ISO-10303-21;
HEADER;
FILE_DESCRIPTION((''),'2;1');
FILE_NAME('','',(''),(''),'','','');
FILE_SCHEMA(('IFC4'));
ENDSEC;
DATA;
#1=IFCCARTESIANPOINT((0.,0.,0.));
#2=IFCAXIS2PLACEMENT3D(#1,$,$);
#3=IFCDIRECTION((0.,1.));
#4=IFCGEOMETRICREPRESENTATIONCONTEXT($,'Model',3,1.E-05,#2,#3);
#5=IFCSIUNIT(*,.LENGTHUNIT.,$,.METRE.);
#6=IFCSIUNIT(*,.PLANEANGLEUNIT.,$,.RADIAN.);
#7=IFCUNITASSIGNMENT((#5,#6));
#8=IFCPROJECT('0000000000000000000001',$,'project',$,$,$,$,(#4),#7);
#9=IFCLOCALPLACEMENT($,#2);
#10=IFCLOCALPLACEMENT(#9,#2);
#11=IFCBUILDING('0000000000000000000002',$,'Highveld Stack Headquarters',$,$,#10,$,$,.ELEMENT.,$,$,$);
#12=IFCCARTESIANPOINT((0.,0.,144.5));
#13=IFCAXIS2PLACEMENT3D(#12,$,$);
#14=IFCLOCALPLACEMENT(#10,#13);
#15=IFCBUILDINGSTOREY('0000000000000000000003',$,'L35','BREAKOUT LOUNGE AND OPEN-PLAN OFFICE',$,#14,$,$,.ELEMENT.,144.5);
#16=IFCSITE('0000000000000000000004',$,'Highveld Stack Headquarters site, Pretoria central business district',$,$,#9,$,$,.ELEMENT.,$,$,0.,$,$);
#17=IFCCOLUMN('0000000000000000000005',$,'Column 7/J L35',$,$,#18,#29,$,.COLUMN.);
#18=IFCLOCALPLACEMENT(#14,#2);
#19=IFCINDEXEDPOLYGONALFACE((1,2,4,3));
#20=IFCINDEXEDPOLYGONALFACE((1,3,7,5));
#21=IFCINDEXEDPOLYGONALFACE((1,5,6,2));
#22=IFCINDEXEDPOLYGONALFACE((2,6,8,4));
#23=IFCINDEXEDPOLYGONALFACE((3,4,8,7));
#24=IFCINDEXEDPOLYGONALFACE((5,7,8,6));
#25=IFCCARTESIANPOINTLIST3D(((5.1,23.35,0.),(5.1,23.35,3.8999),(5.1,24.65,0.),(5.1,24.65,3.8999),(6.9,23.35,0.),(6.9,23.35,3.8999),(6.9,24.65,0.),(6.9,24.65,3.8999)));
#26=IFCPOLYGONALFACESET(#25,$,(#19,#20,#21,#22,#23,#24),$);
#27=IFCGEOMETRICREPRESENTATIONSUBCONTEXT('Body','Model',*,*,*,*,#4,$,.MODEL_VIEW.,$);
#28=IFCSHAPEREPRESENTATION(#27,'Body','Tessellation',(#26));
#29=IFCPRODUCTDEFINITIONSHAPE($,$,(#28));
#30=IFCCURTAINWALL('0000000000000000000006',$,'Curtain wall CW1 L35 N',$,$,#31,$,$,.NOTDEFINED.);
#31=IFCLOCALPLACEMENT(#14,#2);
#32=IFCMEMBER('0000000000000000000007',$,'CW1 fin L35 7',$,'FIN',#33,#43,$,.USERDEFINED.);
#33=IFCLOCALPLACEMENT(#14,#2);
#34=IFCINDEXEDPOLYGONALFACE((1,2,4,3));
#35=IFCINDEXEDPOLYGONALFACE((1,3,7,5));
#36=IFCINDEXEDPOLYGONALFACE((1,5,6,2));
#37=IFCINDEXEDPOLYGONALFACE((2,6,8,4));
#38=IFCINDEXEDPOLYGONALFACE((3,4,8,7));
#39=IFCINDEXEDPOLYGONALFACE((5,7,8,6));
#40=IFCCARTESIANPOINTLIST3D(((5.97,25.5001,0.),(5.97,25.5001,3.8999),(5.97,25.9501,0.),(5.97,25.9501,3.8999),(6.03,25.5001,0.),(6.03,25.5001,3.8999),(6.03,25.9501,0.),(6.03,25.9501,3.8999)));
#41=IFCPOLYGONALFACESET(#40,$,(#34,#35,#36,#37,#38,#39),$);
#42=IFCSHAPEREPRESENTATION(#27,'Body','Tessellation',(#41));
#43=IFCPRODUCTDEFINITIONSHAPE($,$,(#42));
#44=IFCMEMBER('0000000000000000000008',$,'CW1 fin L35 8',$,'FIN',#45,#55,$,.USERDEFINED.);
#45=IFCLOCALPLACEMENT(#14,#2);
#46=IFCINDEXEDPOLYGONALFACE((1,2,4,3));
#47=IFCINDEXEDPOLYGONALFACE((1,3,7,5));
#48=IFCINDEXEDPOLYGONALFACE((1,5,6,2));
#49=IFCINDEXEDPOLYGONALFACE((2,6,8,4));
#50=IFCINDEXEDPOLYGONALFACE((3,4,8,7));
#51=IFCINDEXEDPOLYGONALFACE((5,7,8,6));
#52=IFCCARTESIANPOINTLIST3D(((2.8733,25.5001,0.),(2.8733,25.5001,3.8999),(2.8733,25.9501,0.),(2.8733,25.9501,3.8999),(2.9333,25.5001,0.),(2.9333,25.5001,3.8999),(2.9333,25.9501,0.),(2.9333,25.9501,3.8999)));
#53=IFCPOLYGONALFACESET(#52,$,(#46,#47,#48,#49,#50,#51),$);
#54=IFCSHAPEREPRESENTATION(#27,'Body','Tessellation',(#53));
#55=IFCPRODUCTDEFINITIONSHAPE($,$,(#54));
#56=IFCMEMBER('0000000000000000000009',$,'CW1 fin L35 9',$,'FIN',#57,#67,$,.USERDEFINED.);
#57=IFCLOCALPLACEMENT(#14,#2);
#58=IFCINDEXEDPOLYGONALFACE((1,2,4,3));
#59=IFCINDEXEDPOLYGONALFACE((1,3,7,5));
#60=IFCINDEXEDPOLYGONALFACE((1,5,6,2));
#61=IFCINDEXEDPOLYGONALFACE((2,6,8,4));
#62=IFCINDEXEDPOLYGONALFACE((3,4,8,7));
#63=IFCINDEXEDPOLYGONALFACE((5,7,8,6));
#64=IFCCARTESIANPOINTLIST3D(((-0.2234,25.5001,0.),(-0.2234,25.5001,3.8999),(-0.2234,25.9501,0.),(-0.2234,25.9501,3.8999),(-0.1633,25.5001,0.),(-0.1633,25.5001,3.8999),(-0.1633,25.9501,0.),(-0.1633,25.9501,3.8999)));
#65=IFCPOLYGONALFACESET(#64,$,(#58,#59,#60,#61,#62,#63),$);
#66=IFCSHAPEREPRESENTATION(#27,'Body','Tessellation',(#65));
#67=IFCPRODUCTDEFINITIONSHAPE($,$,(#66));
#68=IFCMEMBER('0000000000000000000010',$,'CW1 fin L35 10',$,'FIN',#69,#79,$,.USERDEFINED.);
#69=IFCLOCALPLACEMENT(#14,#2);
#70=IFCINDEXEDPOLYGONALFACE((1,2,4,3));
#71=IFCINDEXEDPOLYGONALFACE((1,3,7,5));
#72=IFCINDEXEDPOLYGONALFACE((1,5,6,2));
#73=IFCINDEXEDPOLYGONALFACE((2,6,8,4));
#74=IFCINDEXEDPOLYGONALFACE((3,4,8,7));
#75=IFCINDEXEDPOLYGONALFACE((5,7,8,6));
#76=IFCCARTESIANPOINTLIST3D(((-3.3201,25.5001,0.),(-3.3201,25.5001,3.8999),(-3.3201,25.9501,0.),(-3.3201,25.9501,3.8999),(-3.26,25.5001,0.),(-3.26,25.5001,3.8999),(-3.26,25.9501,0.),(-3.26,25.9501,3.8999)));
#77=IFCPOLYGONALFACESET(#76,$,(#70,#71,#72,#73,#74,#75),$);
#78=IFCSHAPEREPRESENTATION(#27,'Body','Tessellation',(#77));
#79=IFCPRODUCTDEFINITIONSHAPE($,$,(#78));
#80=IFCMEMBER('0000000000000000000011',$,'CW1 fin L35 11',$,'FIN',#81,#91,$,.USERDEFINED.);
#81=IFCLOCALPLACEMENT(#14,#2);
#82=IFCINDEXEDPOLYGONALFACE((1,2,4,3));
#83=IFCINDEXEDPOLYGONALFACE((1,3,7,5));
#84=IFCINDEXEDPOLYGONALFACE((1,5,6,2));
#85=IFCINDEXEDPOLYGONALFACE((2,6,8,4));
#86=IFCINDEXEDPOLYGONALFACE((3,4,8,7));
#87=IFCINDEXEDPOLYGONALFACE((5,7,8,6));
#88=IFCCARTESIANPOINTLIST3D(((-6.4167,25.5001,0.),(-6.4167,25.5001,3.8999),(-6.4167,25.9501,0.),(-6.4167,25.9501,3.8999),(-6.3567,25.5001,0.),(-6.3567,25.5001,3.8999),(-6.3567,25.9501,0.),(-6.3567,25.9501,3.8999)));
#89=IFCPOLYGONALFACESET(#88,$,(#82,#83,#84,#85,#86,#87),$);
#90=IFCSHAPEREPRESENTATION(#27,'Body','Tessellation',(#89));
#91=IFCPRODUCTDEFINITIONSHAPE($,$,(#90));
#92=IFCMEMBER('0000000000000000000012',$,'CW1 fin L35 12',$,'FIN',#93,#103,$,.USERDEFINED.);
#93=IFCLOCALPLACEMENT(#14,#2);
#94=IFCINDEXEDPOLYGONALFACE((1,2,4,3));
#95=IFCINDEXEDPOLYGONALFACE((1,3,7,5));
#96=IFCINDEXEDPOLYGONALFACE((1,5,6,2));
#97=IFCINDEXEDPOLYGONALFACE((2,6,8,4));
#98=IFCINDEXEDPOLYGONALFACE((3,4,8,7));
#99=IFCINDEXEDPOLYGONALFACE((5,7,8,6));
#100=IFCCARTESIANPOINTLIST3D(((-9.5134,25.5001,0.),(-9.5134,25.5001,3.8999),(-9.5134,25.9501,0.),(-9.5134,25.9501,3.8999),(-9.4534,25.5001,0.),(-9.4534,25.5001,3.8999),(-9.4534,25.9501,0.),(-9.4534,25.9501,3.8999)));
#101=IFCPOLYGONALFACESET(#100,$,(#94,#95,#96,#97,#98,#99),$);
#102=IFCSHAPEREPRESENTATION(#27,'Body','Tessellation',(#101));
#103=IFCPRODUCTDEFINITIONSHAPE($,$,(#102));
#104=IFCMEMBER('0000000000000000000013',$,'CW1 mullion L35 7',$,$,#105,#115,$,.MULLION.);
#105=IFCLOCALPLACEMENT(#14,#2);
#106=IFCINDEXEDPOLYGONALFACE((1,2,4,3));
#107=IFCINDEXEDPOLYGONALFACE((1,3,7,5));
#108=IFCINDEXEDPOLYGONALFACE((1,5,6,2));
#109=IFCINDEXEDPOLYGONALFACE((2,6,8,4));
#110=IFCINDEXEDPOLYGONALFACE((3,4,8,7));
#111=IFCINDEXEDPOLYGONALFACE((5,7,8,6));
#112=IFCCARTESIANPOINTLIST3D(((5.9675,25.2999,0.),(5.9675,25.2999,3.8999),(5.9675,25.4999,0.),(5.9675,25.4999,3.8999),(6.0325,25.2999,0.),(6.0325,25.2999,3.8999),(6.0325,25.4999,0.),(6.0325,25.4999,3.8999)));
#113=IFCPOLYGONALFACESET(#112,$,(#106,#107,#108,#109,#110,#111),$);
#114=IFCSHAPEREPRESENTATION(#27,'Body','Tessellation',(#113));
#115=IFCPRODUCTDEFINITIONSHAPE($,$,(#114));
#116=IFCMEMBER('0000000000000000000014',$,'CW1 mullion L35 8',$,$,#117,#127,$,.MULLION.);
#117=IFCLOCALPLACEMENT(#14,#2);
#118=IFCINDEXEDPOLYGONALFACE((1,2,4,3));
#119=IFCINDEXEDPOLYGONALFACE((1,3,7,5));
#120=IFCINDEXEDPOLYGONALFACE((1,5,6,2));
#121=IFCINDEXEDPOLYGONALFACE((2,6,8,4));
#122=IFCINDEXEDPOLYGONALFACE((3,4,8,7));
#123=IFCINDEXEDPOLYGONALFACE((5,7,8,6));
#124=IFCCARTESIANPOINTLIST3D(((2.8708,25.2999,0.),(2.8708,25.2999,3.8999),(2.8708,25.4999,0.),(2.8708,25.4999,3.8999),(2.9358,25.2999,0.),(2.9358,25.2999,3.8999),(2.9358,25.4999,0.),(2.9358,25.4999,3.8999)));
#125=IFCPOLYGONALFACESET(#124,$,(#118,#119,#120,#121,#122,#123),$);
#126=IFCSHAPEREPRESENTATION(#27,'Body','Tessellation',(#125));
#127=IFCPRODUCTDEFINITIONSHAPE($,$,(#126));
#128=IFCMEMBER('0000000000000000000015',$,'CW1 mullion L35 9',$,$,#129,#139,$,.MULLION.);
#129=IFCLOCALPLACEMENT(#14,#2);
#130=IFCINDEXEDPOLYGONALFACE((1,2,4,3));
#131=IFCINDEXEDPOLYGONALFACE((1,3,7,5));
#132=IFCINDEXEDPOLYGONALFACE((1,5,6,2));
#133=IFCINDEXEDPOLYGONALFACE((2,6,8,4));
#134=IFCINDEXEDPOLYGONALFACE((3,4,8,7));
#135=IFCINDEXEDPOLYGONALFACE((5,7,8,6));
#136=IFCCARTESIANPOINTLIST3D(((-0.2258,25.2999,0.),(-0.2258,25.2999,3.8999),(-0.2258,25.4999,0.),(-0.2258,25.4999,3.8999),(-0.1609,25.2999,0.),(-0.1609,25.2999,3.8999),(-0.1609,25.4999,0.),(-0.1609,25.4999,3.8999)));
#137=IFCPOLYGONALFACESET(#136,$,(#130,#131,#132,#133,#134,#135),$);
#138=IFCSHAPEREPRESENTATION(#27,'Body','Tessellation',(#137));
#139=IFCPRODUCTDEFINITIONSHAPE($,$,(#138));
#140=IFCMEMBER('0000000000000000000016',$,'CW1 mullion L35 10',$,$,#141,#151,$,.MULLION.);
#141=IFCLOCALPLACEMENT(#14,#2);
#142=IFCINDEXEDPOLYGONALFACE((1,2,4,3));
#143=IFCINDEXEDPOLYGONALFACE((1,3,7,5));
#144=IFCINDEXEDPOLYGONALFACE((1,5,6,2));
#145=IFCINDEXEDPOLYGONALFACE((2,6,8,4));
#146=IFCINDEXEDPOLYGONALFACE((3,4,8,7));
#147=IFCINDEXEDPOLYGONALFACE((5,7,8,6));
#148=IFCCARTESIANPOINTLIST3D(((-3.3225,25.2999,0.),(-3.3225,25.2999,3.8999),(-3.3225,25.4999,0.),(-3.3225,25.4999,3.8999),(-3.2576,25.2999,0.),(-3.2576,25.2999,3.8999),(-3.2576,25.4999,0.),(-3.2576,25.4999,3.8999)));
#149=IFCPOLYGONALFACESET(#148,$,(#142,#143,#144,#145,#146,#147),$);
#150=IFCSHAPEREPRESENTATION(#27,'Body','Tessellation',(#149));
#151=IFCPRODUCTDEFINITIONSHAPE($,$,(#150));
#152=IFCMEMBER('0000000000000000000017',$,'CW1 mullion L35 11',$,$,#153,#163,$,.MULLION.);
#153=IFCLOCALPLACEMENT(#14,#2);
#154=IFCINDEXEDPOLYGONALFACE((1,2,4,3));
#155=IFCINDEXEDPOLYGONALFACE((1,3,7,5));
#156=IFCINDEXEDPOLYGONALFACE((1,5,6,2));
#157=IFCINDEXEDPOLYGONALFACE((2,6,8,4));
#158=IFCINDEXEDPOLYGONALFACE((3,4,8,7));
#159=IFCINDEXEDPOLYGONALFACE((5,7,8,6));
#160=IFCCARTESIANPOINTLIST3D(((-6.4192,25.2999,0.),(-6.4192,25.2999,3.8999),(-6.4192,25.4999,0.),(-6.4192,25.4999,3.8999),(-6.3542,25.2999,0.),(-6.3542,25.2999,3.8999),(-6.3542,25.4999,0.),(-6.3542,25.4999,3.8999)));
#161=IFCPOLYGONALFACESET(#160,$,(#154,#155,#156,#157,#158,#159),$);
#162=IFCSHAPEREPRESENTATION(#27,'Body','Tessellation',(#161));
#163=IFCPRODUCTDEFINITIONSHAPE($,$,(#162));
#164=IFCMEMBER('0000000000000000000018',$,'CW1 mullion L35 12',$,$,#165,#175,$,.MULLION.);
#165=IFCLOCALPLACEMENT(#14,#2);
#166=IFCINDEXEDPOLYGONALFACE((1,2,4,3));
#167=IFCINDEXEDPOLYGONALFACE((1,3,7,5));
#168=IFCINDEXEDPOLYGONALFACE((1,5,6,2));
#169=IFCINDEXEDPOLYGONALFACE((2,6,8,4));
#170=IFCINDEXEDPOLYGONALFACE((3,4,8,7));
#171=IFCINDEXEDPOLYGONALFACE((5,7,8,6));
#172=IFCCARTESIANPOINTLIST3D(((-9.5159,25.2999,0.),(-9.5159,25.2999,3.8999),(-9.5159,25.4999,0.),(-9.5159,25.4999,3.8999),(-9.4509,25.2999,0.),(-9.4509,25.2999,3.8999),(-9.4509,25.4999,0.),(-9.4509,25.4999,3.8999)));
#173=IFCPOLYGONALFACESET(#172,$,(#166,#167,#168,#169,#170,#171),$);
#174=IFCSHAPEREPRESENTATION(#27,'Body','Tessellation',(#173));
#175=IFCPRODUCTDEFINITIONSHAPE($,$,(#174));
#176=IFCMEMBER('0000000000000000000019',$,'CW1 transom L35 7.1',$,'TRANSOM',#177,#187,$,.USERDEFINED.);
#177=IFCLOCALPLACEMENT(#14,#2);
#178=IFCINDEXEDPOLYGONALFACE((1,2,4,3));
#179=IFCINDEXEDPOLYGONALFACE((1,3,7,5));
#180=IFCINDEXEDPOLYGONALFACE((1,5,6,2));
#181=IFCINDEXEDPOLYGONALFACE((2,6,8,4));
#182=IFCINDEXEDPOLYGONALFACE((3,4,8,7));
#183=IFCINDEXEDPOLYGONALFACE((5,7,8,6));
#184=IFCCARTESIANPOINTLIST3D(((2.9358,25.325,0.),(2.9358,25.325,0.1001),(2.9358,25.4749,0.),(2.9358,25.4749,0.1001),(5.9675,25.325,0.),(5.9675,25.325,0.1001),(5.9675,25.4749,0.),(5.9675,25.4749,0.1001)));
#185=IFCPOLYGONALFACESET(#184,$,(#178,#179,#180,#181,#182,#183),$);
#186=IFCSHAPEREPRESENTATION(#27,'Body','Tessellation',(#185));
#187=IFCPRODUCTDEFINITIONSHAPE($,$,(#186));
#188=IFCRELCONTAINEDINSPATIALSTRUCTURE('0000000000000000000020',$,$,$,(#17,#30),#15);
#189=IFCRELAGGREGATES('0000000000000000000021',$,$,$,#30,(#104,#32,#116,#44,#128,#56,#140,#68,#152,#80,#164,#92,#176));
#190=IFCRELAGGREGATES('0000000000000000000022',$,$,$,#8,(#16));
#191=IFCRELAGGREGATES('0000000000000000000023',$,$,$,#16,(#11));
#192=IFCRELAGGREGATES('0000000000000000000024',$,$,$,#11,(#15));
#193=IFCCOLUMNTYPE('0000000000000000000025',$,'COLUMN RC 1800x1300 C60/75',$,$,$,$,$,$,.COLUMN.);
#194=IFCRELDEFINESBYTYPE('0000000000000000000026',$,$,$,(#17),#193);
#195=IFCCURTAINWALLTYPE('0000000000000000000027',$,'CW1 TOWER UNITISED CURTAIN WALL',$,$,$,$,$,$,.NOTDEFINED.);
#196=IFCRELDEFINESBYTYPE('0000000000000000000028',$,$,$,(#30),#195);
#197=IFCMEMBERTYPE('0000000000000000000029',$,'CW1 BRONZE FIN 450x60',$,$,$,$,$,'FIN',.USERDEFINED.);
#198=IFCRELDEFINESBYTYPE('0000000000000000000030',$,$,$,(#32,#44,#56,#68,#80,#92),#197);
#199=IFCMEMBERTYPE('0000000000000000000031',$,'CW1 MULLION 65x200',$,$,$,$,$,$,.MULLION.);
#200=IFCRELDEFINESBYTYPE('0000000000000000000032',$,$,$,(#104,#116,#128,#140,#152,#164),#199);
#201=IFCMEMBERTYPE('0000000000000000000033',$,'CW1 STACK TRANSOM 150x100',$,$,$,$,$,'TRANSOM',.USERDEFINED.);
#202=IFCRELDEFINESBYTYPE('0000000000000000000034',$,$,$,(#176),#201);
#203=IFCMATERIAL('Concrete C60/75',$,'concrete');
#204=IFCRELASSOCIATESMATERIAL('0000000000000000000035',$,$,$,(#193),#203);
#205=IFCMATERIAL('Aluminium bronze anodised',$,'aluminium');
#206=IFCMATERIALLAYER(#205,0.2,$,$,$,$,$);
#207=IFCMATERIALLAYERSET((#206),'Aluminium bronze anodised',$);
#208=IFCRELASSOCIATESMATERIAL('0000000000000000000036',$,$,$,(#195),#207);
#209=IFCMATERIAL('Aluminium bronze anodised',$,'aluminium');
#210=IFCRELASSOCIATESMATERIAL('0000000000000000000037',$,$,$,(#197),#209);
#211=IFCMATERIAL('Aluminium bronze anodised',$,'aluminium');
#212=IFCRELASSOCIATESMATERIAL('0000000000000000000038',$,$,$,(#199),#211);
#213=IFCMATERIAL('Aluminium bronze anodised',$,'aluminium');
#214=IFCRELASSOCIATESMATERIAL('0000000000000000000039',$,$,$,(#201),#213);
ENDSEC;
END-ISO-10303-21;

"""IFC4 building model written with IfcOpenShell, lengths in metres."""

from ifc_helpers import new_model, si_unit, direction, frame, origin, origin_2d, place, context, subcontext, project, spatial, rectangle, extrude, material, layer, layer_set, material_profile, profile_set, type_object, element, aggregate, save


model = new_model("IFC4")

# Units and contexts
model_context = context("Model", 3, precision=1e-05, world=origin(), true_north=direction((0.0, 1.0)))
body_context = subcontext(model_context, "Body", "Model", "MODEL_VIEW")
ifc_project = project(units=[si_unit("LENGTHUNIT", "METRE"), si_unit("PLANEANGLEUNIT", "RADIAN")], contexts=[model_context])

# Site, building, storey
site_placement = place(None, origin())
site = spatial("IfcSite", under=ifc_project, at=site_placement, Name="Highveld Stack Headquarters site, Pretoria central business district", CompositionType="ELEMENT", RefElevation=0.0)
building_placement = place(site_placement, origin())
building = spatial("IfcBuilding", under=site, at=building_placement, Name="Highveld Stack Headquarters", CompositionType="ELEMENT")
storey_placement = place(building_placement, frame((0.0, 0.0, 144.5)))
storey = spatial("IfcBuildingStorey", under=building, at=storey_placement, Name="L35", Description="BREAKOUT LOUNGE AND OPEN-PLAN OFFICE", CompositionType="ELEMENT", Elevation=144.5)

# Column
ifc_material_1 = material(Name="Concrete C60/75", Category="concrete")
ifc_material_profile_1 = material_profile(ifc_material_1, rectangle(XDim=1.8, YDim=1.3, at=origin_2d()), Name="RC 1800x1300")
ifc_profile_set_1 = profile_set([ifc_material_profile_1], Name="Concrete C60/75")
column_type = type_object("IfcColumnType", Name="COLUMN RC 1800x1300 C60/75", PredefinedType="COLUMN", material=ifc_profile_set_1)
column_placement = place(storey_placement, frame((6.0, 24.0, 0.0), z_axis=(0.0, 0.0, 1.0), x_axis=(1.0, 0.0, 0.0)))
element("IfcColumn", 1, at=column_placement, inside=storey, type_object=column_type, Name="Column 7/J L35", PredefinedType="COLUMN", context=body_context, shape_type="SweptSolid", body=[
    extrude(rectangle(XDim=1.8, YDim=1.3, at=origin_2d()), origin(), (0.0, 0.0, 1.0), 3.8999),
])

# Curtain wall, members
ifc_material_2 = material(Name="Aluminium bronze anodised", Category="aluminium")
ifc_layer_1 = layer(ifc_material_2, 0.2)
ifc_layer_set_1 = layer_set([ifc_layer_1], Name="Aluminium bronze anodised")
curtain_wall_type = type_object("IfcCurtainWallType", Name="CW1 TOWER UNITISED CURTAIN WALL", PredefinedType="NOTDEFINED", material=ifc_layer_set_1)
curtain_wall_placement = place(storey_placement, origin())
curtain_wall = element("IfcCurtainWall", 2, at=curtain_wall_placement, inside=storey, type_object=curtain_wall_type, Name="Curtain wall CW1 L35 N", PredefinedType="NOTDEFINED")
ifc_material_3 = material(Name="Aluminium bronze anodised", Category="aluminium")
ifc_material_profile_2 = material_profile(ifc_material_3, rectangle(XDim=0.45, YDim=0.0601, at=origin_2d()), Name="FIN 450x60")
ifc_profile_set_2 = profile_set([ifc_material_profile_2], Name="Aluminium bronze anodised")
member_type_1 = type_object("IfcMemberType", Name="CW1 BRONZE FIN 450x60", ElementType="FIN", PredefinedType="USERDEFINED", material=ifc_profile_set_2)
member_1_placement = place(storey_placement, frame((6.0, 25.7251, 0.0), z_axis=(0.0, 0.0, 1.0), x_axis=(0.0, -1.0, 0.0)))
member_1 = element("IfcMember", 3, at=member_1_placement, type_object=member_type_1, Name="CW1 fin L35 7", ObjectType="FIN", PredefinedType="USERDEFINED", context=body_context, shape_type="SweptSolid", body=[
    extrude(rectangle(XDim=0.45, YDim=0.0601, at=origin_2d()), origin(), (0.0, 0.0, 1.0), 3.8999),
])
member_2_placement = place(storey_placement, frame((2.9033, 25.7251, 0.0), z_axis=(0.0, 0.0, 1.0), x_axis=(0.0, -1.0, 0.0)))
member_2 = element("IfcMember", 4, at=member_2_placement, type_object=member_type_1, Name="CW1 fin L35 8", ObjectType="FIN", PredefinedType="USERDEFINED", context=body_context, shape_type="SweptSolid", body=[
    extrude(rectangle(XDim=0.45, YDim=0.0601, at=origin_2d()), origin(), (0.0, 0.0, 1.0), 3.8999),
])
member_3_placement = place(storey_placement, frame((-0.1934, 25.7251, 0.0), z_axis=(0.0, 0.0, 1.0), x_axis=(0.0, -1.0, 0.0)))
member_3 = element("IfcMember", 5, at=member_3_placement, type_object=member_type_1, Name="CW1 fin L35 9", ObjectType="FIN", PredefinedType="USERDEFINED", context=body_context, shape_type="SweptSolid", body=[
    extrude(rectangle(XDim=0.45, YDim=0.0601, at=origin_2d()), origin(), (0.0, 0.0, 1.0), 3.8999),
])
member_4_placement = place(storey_placement, frame((-3.29, 25.7251, 0.0), z_axis=(0.0, 0.0, 1.0), x_axis=(0.0, -1.0, 0.0)))
member_4 = element("IfcMember", 6, at=member_4_placement, type_object=member_type_1, Name="CW1 fin L35 10", ObjectType="FIN", PredefinedType="USERDEFINED", context=body_context, shape_type="SweptSolid", body=[
    extrude(rectangle(XDim=0.45, YDim=0.0601, at=origin_2d()), origin(), (0.0, 0.0, 1.0), 3.8999),
])
member_5_placement = place(storey_placement, frame((-6.3867, 25.7251, 0.0), z_axis=(0.0, 0.0, 1.0), x_axis=(0.0, -1.0, 0.0)))
member_5 = element("IfcMember", 7, at=member_5_placement, type_object=member_type_1, Name="CW1 fin L35 11", ObjectType="FIN", PredefinedType="USERDEFINED", context=body_context, shape_type="SweptSolid", body=[
    extrude(rectangle(XDim=0.45, YDim=0.0601, at=origin_2d()), origin(), (0.0, 0.0, 1.0), 3.8999),
])
member_6_placement = place(storey_placement, frame((-9.4834, 25.7251, 0.0), z_axis=(0.0, 0.0, 1.0), x_axis=(0.0, -1.0, 0.0)))
member_6 = element("IfcMember", 8, at=member_6_placement, type_object=member_type_1, Name="CW1 fin L35 12", ObjectType="FIN", PredefinedType="USERDEFINED", context=body_context, shape_type="SweptSolid", body=[
    extrude(rectangle(XDim=0.45, YDim=0.0601, at=origin_2d()), origin(), (0.0, 0.0, 1.0), 3.8999),
])
ifc_material_4 = material(Name="Aluminium bronze anodised", Category="aluminium")
ifc_material_profile_3 = material_profile(ifc_material_4, rectangle(XDim=0.2, YDim=0.0649, at=origin_2d()), Name="CW1 MULLION 65x200")
ifc_profile_set_3 = profile_set([ifc_material_profile_3], Name="Aluminium bronze anodised")
member_type_2 = type_object("IfcMemberType", Name="CW1 MULLION 65x200", PredefinedType="MULLION", material=ifc_profile_set_3)
member_7_placement = place(storey_placement, frame((6.0, 25.3999, 0.0), z_axis=(0.0, 0.0, 1.0), x_axis=(0.0, -1.0, 0.0)))
member_7 = element("IfcMember", 9, at=member_7_placement, type_object=member_type_2, Name="CW1 mullion L35 7", PredefinedType="MULLION", context=body_context, shape_type="SweptSolid", body=[
    extrude(rectangle(XDim=0.2, YDim=0.0649, at=origin_2d()), origin(), (0.0, 0.0, 1.0), 3.8999),
])
member_8_placement = place(storey_placement, frame((2.9033, 25.3999, 0.0), z_axis=(0.0, 0.0, 1.0), x_axis=(0.0, -1.0, 0.0)))
member_8 = element("IfcMember", 10, at=member_8_placement, type_object=member_type_2, Name="CW1 mullion L35 8", PredefinedType="MULLION", context=body_context, shape_type="SweptSolid", body=[
    extrude(rectangle(XDim=0.2, YDim=0.0649, at=origin_2d()), origin(), (0.0, 0.0, 1.0), 3.8999),
])
member_9_placement = place(storey_placement, frame((-0.1934, 25.3999, 0.0), z_axis=(0.0, 0.0, 1.0), x_axis=(0.0, -1.0, 0.0)))
member_9 = element("IfcMember", 11, at=member_9_placement, type_object=member_type_2, Name="CW1 mullion L35 9", PredefinedType="MULLION", context=body_context, shape_type="SweptSolid", body=[
    extrude(rectangle(XDim=0.2, YDim=0.0649, at=origin_2d()), origin(), (0.0, 0.0, 1.0), 3.8999),
])
member_10_placement = place(storey_placement, frame((-3.29, 25.3999, 0.0), z_axis=(0.0, 0.0, 1.0), x_axis=(0.0, -1.0, 0.0)))
member_10 = element("IfcMember", 12, at=member_10_placement, type_object=member_type_2, Name="CW1 mullion L35 10", PredefinedType="MULLION", context=body_context, shape_type="SweptSolid", body=[
    extrude(rectangle(XDim=0.2, YDim=0.0649, at=origin_2d()), origin(), (0.0, 0.0, 1.0), 3.8999),
])
member_11_placement = place(storey_placement, frame((-6.3867, 25.3999, 0.0), z_axis=(0.0, 0.0, 1.0), x_axis=(0.0, -1.0, 0.0)))
member_11 = element("IfcMember", 13, at=member_11_placement, type_object=member_type_2, Name="CW1 mullion L35 11", PredefinedType="MULLION", context=body_context, shape_type="SweptSolid", body=[
    extrude(rectangle(XDim=0.2, YDim=0.0649, at=origin_2d()), origin(), (0.0, 0.0, 1.0), 3.8999),
])
member_12_placement = place(storey_placement, frame((-9.4834, 25.3999, 0.0), z_axis=(0.0, 0.0, 1.0), x_axis=(0.0, -1.0, 0.0)))
member_12 = element("IfcMember", 14, at=member_12_placement, type_object=member_type_2, Name="CW1 mullion L35 12", PredefinedType="MULLION", context=body_context, shape_type="SweptSolid", body=[
    extrude(rectangle(XDim=0.2, YDim=0.0649, at=origin_2d()), origin(), (0.0, 0.0, 1.0), 3.8999),
])
ifc_material_5 = material(Name="Aluminium bronze anodised", Category="aluminium")
ifc_material_profile_4 = material_profile(ifc_material_5, rectangle(XDim=0.1499, YDim=0.1001, at=origin_2d()), Name="CW1 TRANSOM 150x100")
ifc_profile_set_4 = profile_set([ifc_material_profile_4], Name="Aluminium bronze anodised")
member_type_3 = type_object("IfcMemberType", Name="CW1 STACK TRANSOM 150x100", ElementType="TRANSOM", PredefinedType="USERDEFINED", material=ifc_profile_set_4)
member_13_placement = place(storey_placement, frame((5.9675, 25.3999, 0.05), z_axis=(-1.0, 0.0, 0.0), x_axis=(0.0, -1.0, 0.0)))
member_13 = element("IfcMember", 15, at=member_13_placement, type_object=member_type_3, Name="CW1 transom L35 7.1", ObjectType="TRANSOM", PredefinedType="USERDEFINED", context=body_context, shape_type="SweptSolid", body=[
    extrude(rectangle(XDim=0.1499, YDim=0.1001, at=origin_2d()), origin(), (0.0, 0.0, 1.0), 3.0317),
])
aggregate(curtain_wall, [member_7, member_1, member_8, member_2, member_9, member_3, member_10, member_4, member_11, member_5, member_12, member_6, member_13])

save(model, "model.ifc")
